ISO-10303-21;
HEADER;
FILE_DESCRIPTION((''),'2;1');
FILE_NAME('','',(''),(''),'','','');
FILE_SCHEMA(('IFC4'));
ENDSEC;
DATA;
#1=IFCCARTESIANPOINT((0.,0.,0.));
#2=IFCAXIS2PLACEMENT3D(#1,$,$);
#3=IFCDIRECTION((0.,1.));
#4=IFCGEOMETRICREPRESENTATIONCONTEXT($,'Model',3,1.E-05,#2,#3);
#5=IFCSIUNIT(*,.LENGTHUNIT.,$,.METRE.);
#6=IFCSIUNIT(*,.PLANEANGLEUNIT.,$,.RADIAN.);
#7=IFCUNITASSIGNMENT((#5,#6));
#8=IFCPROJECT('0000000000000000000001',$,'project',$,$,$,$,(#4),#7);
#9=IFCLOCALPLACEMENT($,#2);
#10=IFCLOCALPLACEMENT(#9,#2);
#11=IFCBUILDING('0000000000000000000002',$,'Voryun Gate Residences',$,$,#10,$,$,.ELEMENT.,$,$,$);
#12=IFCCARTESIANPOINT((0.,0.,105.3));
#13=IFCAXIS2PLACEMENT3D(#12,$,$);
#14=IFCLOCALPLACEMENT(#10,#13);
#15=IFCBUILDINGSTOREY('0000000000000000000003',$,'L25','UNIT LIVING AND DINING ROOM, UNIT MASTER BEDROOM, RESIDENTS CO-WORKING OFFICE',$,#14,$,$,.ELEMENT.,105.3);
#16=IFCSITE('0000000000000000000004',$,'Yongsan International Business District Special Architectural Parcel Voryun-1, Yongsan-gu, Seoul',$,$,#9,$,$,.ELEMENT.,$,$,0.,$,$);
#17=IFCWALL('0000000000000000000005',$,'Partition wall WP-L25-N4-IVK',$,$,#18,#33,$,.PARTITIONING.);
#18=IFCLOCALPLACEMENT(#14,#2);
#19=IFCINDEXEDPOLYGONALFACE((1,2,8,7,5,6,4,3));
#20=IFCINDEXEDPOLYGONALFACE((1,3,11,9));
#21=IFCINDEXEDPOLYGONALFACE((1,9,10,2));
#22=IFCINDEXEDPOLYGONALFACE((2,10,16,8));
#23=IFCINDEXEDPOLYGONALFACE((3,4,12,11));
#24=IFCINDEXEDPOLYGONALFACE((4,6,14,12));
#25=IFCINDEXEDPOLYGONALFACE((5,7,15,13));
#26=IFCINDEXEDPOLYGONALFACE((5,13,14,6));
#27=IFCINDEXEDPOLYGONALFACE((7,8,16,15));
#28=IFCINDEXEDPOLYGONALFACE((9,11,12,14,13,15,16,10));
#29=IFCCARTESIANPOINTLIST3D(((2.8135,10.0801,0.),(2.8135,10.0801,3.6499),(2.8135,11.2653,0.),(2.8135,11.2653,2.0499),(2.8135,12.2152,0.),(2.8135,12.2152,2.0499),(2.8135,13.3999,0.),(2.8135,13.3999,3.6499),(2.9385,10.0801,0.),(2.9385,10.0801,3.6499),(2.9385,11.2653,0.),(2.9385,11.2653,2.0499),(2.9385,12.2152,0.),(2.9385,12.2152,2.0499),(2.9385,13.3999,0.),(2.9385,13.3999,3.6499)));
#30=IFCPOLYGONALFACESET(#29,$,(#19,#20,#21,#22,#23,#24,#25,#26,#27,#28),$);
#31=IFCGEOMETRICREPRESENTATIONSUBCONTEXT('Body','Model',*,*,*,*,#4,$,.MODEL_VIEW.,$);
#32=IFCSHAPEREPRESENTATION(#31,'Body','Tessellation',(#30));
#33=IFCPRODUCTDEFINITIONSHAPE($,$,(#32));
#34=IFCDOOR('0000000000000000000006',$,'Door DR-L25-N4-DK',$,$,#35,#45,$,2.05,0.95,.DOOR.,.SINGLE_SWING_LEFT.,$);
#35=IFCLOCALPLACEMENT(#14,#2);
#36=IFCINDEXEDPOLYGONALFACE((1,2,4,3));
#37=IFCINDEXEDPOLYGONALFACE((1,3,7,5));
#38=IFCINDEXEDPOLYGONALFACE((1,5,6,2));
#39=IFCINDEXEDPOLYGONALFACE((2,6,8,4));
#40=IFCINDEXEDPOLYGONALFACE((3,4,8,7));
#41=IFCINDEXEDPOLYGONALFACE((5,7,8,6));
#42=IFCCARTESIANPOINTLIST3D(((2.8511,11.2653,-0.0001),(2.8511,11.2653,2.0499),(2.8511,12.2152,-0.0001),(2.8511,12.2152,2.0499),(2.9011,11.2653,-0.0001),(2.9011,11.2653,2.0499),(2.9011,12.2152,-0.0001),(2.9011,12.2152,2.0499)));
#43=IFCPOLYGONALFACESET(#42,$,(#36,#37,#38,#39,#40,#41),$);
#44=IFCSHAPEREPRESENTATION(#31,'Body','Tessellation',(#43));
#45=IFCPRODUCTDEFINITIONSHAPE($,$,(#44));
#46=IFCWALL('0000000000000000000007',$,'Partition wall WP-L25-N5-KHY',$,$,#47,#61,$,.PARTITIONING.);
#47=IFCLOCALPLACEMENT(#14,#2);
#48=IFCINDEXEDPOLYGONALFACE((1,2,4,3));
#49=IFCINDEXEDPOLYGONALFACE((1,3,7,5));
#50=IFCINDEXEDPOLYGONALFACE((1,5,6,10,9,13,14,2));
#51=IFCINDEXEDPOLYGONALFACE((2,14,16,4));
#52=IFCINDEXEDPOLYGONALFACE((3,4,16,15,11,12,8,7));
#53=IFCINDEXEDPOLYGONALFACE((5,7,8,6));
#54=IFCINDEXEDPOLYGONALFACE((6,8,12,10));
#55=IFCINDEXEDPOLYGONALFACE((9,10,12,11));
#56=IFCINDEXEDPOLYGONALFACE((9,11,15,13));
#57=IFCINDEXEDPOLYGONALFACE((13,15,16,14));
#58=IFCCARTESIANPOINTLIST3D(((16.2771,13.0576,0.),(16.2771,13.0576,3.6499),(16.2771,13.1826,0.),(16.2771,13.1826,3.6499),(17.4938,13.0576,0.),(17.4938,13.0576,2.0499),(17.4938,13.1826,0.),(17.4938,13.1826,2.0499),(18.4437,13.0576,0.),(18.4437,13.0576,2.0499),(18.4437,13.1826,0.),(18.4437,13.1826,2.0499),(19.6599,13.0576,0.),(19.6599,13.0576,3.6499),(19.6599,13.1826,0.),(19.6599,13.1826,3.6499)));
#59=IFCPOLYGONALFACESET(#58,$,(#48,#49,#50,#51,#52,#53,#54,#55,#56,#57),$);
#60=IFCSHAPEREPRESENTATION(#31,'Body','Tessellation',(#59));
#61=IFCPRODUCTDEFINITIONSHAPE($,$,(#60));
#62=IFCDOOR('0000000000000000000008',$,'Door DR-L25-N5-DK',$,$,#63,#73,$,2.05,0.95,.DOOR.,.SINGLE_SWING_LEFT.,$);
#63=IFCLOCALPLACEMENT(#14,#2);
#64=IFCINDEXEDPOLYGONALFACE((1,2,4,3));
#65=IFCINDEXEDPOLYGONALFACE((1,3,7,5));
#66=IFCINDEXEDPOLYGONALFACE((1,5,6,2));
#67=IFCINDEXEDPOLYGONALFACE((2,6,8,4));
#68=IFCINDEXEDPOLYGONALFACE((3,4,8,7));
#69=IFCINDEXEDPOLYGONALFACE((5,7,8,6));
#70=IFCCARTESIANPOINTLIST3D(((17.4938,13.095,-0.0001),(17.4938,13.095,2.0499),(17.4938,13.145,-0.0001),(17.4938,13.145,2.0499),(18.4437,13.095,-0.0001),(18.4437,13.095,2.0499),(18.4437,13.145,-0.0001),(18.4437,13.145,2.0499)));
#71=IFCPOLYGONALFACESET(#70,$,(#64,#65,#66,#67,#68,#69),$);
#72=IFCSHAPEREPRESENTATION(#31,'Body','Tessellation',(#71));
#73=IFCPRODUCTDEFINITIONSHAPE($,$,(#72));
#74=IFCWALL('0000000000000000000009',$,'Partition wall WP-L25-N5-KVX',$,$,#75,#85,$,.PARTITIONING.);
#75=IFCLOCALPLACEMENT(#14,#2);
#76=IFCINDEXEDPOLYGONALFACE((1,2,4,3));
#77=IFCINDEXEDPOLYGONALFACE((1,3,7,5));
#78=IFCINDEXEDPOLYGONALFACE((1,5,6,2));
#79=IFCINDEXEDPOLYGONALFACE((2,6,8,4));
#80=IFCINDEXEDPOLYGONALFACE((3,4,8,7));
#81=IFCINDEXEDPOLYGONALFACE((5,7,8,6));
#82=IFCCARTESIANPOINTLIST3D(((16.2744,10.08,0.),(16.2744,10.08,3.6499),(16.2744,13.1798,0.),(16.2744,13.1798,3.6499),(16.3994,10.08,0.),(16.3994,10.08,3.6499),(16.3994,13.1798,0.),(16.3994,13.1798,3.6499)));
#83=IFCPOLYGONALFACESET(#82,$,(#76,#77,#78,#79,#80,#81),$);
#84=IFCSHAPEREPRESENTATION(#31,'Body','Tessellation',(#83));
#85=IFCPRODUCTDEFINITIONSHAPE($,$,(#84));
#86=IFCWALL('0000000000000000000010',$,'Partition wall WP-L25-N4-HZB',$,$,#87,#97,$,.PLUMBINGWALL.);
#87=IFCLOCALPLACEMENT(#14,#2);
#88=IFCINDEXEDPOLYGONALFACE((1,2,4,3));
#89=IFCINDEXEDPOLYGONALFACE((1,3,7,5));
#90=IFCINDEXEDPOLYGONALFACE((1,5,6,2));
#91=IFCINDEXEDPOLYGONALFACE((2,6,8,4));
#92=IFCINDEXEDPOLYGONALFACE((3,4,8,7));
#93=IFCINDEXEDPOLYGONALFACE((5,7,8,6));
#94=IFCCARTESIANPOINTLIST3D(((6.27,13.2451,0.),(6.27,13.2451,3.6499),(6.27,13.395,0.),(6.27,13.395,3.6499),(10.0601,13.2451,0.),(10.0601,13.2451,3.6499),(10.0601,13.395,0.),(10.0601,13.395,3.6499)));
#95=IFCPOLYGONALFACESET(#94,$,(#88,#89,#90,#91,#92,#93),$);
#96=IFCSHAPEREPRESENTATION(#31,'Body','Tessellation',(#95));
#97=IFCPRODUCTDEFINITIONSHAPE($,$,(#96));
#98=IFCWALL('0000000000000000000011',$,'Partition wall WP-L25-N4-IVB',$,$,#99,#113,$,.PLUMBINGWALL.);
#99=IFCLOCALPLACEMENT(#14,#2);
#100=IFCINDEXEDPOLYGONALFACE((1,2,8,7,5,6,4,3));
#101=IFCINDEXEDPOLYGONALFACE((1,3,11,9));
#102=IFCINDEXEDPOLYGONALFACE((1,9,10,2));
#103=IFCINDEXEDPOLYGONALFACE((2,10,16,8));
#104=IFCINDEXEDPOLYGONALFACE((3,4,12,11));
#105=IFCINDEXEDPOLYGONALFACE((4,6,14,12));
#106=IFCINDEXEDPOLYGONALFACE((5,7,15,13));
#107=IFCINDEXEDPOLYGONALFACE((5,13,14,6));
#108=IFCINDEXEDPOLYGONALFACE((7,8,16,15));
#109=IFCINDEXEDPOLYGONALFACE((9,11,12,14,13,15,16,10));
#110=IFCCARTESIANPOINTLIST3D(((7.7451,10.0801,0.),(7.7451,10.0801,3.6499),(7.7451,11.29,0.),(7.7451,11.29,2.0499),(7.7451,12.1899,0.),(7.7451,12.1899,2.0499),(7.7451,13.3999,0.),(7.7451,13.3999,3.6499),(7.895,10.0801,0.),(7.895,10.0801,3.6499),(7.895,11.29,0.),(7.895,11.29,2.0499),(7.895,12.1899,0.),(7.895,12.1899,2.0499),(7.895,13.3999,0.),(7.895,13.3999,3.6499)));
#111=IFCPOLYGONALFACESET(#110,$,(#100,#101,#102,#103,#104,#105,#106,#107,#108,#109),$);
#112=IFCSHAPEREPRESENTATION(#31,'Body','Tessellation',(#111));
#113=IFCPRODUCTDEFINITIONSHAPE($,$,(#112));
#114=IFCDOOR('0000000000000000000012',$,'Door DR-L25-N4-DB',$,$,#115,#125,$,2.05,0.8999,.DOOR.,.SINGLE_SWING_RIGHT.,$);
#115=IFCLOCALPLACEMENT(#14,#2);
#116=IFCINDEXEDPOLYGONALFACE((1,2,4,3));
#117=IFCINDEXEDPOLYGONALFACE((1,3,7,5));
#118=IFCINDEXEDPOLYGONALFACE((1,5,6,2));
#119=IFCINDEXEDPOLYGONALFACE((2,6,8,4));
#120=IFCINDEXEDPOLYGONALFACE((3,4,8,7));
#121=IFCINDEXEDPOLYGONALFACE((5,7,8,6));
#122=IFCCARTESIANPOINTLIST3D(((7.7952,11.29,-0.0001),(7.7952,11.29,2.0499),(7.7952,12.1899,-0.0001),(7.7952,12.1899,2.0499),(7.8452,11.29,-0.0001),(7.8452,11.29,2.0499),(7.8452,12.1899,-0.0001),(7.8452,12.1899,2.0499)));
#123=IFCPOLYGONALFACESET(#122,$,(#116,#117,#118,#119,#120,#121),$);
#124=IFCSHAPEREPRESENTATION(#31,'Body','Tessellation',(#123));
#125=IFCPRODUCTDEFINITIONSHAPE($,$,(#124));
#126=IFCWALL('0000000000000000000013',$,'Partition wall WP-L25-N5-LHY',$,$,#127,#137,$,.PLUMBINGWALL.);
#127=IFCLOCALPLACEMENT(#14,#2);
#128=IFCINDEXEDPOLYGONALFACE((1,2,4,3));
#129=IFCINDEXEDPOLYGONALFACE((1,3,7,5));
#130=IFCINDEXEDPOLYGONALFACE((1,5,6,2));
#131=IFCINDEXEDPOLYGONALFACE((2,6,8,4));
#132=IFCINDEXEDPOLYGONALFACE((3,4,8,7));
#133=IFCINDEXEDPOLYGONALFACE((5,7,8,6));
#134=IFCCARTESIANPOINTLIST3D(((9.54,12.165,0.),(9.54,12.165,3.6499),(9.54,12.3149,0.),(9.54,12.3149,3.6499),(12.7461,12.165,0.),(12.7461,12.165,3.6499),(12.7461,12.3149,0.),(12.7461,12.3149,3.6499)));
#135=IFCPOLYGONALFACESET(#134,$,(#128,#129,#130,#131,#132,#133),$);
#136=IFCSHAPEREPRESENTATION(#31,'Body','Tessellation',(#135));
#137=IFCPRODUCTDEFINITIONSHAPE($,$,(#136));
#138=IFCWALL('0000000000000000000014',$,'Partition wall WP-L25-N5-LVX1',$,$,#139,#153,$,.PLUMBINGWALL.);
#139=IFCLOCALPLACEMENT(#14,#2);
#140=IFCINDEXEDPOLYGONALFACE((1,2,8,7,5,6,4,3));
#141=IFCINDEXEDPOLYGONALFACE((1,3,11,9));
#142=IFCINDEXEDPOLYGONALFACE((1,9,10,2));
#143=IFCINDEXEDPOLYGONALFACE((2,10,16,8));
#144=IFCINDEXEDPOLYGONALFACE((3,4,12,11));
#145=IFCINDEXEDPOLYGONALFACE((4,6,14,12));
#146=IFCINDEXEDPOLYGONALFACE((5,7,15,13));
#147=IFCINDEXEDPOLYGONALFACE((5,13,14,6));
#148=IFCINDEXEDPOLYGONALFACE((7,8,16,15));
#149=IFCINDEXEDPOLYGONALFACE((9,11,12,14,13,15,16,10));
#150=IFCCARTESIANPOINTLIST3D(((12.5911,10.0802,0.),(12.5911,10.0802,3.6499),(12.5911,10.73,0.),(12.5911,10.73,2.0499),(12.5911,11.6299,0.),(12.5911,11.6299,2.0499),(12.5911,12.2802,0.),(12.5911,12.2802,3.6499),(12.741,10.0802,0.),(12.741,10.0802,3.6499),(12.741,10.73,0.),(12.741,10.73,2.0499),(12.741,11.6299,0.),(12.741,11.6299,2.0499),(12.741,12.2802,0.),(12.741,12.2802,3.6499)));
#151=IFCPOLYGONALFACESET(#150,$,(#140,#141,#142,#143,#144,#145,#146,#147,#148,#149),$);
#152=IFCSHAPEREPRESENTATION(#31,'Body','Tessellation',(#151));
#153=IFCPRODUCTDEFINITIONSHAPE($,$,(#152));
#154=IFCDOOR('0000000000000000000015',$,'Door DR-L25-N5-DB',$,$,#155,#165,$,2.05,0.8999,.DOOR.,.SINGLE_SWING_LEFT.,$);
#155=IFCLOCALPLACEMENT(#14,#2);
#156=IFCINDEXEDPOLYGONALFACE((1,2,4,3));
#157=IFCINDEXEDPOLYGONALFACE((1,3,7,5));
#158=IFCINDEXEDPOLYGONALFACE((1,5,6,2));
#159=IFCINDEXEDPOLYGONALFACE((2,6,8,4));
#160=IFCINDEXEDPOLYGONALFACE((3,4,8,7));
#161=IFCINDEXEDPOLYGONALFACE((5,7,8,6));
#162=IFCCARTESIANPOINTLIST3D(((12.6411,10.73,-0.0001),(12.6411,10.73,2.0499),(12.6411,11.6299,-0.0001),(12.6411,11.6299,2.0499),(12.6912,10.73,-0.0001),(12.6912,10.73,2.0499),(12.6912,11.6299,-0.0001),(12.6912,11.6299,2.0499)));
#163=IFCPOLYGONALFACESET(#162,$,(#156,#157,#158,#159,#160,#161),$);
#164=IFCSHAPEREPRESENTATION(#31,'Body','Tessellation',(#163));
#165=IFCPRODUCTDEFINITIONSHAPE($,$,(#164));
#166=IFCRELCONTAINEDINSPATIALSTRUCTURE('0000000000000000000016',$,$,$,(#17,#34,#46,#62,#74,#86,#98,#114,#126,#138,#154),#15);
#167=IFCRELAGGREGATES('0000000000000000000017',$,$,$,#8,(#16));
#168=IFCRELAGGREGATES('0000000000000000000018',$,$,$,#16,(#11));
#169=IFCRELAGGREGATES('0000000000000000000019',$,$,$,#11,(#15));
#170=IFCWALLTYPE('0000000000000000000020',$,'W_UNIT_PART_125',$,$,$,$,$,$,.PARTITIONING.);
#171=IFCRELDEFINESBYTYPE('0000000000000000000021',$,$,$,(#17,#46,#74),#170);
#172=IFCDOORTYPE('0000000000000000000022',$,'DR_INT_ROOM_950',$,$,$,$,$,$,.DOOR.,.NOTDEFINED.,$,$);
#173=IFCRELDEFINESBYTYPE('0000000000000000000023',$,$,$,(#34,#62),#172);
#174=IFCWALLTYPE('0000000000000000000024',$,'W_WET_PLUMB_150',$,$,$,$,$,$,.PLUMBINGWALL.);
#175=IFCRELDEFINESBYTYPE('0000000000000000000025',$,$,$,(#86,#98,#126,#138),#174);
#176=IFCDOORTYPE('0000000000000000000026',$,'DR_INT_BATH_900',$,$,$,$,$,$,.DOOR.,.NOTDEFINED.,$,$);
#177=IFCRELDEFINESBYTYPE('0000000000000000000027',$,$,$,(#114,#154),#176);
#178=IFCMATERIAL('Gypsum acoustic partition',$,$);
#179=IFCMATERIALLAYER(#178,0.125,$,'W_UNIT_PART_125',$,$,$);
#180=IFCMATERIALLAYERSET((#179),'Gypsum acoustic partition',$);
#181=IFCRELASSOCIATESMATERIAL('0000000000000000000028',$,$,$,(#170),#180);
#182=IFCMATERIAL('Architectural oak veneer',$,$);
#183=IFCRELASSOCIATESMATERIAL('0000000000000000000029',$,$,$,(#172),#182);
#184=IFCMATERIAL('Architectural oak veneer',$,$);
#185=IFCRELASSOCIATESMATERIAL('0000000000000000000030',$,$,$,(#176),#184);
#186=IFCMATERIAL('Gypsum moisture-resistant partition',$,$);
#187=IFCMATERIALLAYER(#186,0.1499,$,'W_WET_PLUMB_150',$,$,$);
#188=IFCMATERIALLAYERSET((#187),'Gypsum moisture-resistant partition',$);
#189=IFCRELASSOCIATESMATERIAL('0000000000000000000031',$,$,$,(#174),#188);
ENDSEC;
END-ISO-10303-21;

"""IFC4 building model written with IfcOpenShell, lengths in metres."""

from ifc_helpers import new_model, si_unit, direction, frame, frame_2d, origin, place, context, subcontext, project, spatial, rectangle, extrude, material, layer, layer_set, type_object, element, fill, save


model = new_model("IFC4")

# Units and contexts
model_context = context("Model", 3, precision=1e-05, world=origin(), true_north=direction((0.0, 1.0)))
body_context = subcontext(model_context, "Body", "Model", "MODEL_VIEW")
ifc_project = project(units=[si_unit("LENGTHUNIT", "METRE"), si_unit("PLANEANGLEUNIT", "RADIAN")], contexts=[model_context])

# Site, building, storey
site_placement = place(None, origin())
site = spatial("IfcSite", under=ifc_project, at=site_placement, Name="Yongsan International Business District Special Architectural Parcel Voryun-1, Yongsan-gu, Seoul", CompositionType="ELEMENT", RefElevation=0.0)
building_placement = place(site_placement, origin())
building = spatial("IfcBuilding", under=site, at=building_placement, Name="Voryun Gate Residences", CompositionType="ELEMENT")
storey_placement = place(building_placement, frame((0.0, 0.0, 105.3)))
storey = spatial("IfcBuildingStorey", under=building, at=storey_placement, Name="L25", Description="UNIT LIVING AND DINING ROOM, UNIT MASTER BEDROOM, RESIDENTS CO-WORKING OFFICE", CompositionType="ELEMENT", Elevation=105.3)

# Walls, openings, doors
ifc_material_1 = material(Name="Gypsum acoustic partition")
ifc_layer_1 = layer(ifc_material_1, 0.125, Name="W_UNIT_PART_125")
ifc_layer_set_1 = layer_set([ifc_layer_1], Name="Gypsum acoustic partition")
wall_type_1 = type_object("IfcWallType", Name="W_UNIT_PART_125", PredefinedType="PARTITIONING", material=ifc_layer_set_1)
ifc_material_2 = material(Name="Architectural oak veneer")
door_type_1 = type_object("IfcDoorType", Name="DR_INT_ROOM_950", OperationType="NOTDEFINED", PredefinedType="DOOR", material=ifc_material_2)
ifc_material_3 = material(Name="Architectural oak veneer")
door_type_2 = type_object("IfcDoorType", Name="DR_INT_BATH_900", OperationType="NOTDEFINED", PredefinedType="DOOR", material=ifc_material_3)
wall_1_placement = place(storey_placement, frame((2.876, 10.0801, 0.0), z_axis=(0.0, 0.0, 1.0), x_axis=(0.0, 1.0, 0.0)))
wall_1 = element("IfcWall", 1, at=wall_1_placement, inside=storey, type_object=wall_type_1, Name="Partition wall WP-L25-N4-IVK", PredefinedType="PARTITIONING", context=body_context, shape_type="SweptSolid", body=[
    extrude(rectangle(XDim=3.3198, YDim=0.125, at=frame_2d((1.6599, 0.0))), origin(), (0.0, 0.0, 1.0), 3.6499),
])
opening_1_placement = place(wall_1_placement, frame((1.1851, 0.0, 0.0)))
opening_1 = element("IfcOpeningElement", 2, at=opening_1_placement, cuts=wall_1, PredefinedType="OPENING", context=body_context, shape_type="SweptSolid", body=[
    extrude(rectangle(XDim=0.95, YDim=2.05, at=frame_2d((0.4751, 1.0249))), frame((0.0, 0.0725, 0.0), z_axis=(0.0, -1.0, 0.0), x_axis=(1.0, 0.0, 0.0)), (0.0, 0.0, 1.0), 0.145),
])
door_1_placement = place(opening_1_placement, origin())
door_1 = element("IfcDoor", 3, at=door_1_placement, inside=storey, type_object=door_type_1, Name="Door DR-L25-N4-DK", OperationType="SINGLE_SWING_LEFT", OverallHeight=2.05, OverallWidth=0.95, PredefinedType="DOOR", context=body_context, shape_type="SweptSolid", body=[
    extrude(rectangle(XDim=0.95, YDim=2.05, at=frame_2d((0.4751, 1.0249))), frame((0.0, 0.0249, 0.0), z_axis=(0.0, -1.0, 0.0), x_axis=(1.0, 0.0, 0.0)), (0.0, 0.0, 1.0), 0.05),
])
fill(opening_1, door_1)
wall_2_placement = place(storey_placement, frame((16.2771, 13.1201, 0.0), z_axis=(0.0, 0.0, 1.0), x_axis=(1.0, 0.0, 0.0)))
wall_2 = element("IfcWall", 4, at=wall_2_placement, inside=storey, type_object=wall_type_1, Name="Partition wall WP-L25-N5-KHY", PredefinedType="PARTITIONING", context=body_context, shape_type="SweptSolid", body=[
    extrude(rectangle(XDim=3.3828, YDim=0.125, at=frame_2d((1.6914, 0.0))), origin(), (0.0, 0.0, 1.0), 3.6499),
])
opening_2_placement = place(wall_2_placement, frame((1.2166, 0.0, 0.0)))
opening_2 = element("IfcOpeningElement", 5, at=opening_2_placement, cuts=wall_2, PredefinedType="OPENING", context=body_context, shape_type="SweptSolid", body=[
    extrude(rectangle(XDim=0.95, YDim=2.05, at=frame_2d((0.4751, 1.0249))), frame((0.0, 0.0725, 0.0), z_axis=(0.0, -1.0, 0.0), x_axis=(1.0, 0.0, 0.0)), (0.0, 0.0, 1.0), 0.145),
])
door_2_placement = place(opening_2_placement, origin())
door_2 = element("IfcDoor", 6, at=door_2_placement, inside=storey, type_object=door_type_1, Name="Door DR-L25-N5-DK", OperationType="SINGLE_SWING_LEFT", OverallHeight=2.05, OverallWidth=0.95, PredefinedType="DOOR", context=body_context, shape_type="SweptSolid", body=[
    extrude(rectangle(XDim=0.95, YDim=2.05, at=frame_2d((0.4751, 1.0249))), frame((0.0, 0.0249, 0.0), z_axis=(0.0, -1.0, 0.0), x_axis=(1.0, 0.0, 0.0)), (0.0, 0.0, 1.0), 0.05),
])
fill(opening_2, door_2)

# Walls
wall_3_placement = place(storey_placement, frame((16.3369, 10.0801, 0.0), z_axis=(0.0, 0.0, 1.0), x_axis=(0.0, 1.0, 0.0)))
element("IfcWall", 7, at=wall_3_placement, inside=storey, type_object=wall_type_1, Name="Partition wall WP-L25-N5-KVX", PredefinedType="PARTITIONING", context=body_context, shape_type="SweptSolid", body=[
    extrude(rectangle(XDim=3.0999, YDim=0.125, at=frame_2d((1.5498, 0.0))), origin(), (0.0, 0.0, 1.0), 3.6499),
])
ifc_material_4 = material(Name="Gypsum moisture-resistant partition")
ifc_layer_2 = layer(ifc_material_4, 0.1499, Name="W_WET_PLUMB_150")
ifc_layer_set_2 = layer_set([ifc_layer_2], Name="Gypsum moisture-resistant partition")
wall_type_2 = type_object("IfcWallType", Name="W_WET_PLUMB_150", PredefinedType="PLUMBINGWALL", material=ifc_layer_set_2)
wall_4_placement = place(storey_placement, frame((6.27, 13.3201, 0.0), z_axis=(0.0, 0.0, 1.0), x_axis=(1.0, 0.0, 0.0)))
element("IfcWall", 8, at=wall_4_placement, inside=storey, type_object=wall_type_2, Name="Partition wall WP-L25-N4-HZB", PredefinedType="PLUMBINGWALL", context=body_context, shape_type="SweptSolid", body=[
    extrude(rectangle(XDim=3.79, YDim=0.1499, at=frame_2d((1.895, 0.0))), origin(), (0.0, 0.0, 1.0), 3.6499),
])

# Wall, opening, door
wall_5_placement = place(storey_placement, frame((7.8201, 10.0801, 0.0), z_axis=(0.0, 0.0, 1.0), x_axis=(0.0, 1.0, 0.0)))
wall_5 = element("IfcWall", 9, at=wall_5_placement, inside=storey, type_object=wall_type_2, Name="Partition wall WP-L25-N4-IVB", PredefinedType="PLUMBINGWALL", context=body_context, shape_type="SweptSolid", body=[
    extrude(rectangle(XDim=3.3198, YDim=0.1499, at=frame_2d((1.6599, 0.0))), origin(), (0.0, 0.0, 1.0), 3.6499),
])
opening_3_placement = place(wall_5_placement, frame((1.21, 0.0, 0.0)))
opening_3 = element("IfcOpeningElement", 10, at=opening_3_placement, cuts=wall_5, PredefinedType="OPENING", context=body_context, shape_type="SweptSolid", body=[
    extrude(rectangle(XDim=0.8999, YDim=2.05, at=frame_2d((0.45, 1.0249))), frame((0.0, 0.085, 0.0), z_axis=(0.0, -1.0, 0.0), x_axis=(1.0, 0.0, 0.0)), (0.0, 0.0, 1.0), 0.1699),
])
door_3_placement = place(opening_3_placement, origin())
door_3 = element("IfcDoor", 11, at=door_3_placement, inside=storey, type_object=door_type_2, Name="Door DR-L25-N4-DB", OperationType="SINGLE_SWING_RIGHT", OverallHeight=2.05, OverallWidth=0.8999, PredefinedType="DOOR", context=body_context, shape_type="SweptSolid", body=[
    extrude(rectangle(XDim=0.8999, YDim=2.05, at=frame_2d((0.45, 1.0249))), frame((0.0, 0.0249, 0.0), z_axis=(0.0, -1.0, 0.0), x_axis=(1.0, 0.0, 0.0)), (0.0, 0.0, 1.0), 0.05),
])
fill(opening_3, door_3)

# Wall
wall_6_placement = place(storey_placement, frame((9.54, 12.24, 0.0), z_axis=(0.0, 0.0, 1.0), x_axis=(1.0, 0.0, 0.0)))
element("IfcWall", 12, at=wall_6_placement, inside=storey, type_object=wall_type_2, Name="Partition wall WP-L25-N5-LHY", PredefinedType="PLUMBINGWALL", context=body_context, shape_type="SweptSolid", body=[
    extrude(rectangle(XDim=3.2061, YDim=0.1499, at=frame_2d((1.603, 0.0))), origin(), (0.0, 0.0, 1.0), 3.6499),
])

# Wall, opening, door
wall_7_placement = place(storey_placement, frame((12.666, 10.0801, 0.0), z_axis=(0.0, 0.0, 1.0), x_axis=(0.0, 1.0, 0.0)))
wall_7 = element("IfcWall", 13, at=wall_7_placement, inside=storey, type_object=wall_type_2, Name="Partition wall WP-L25-N5-LVX1", PredefinedType="PLUMBINGWALL", context=body_context, shape_type="SweptSolid", body=[
    extrude(rectangle(XDim=2.2, YDim=0.1499, at=frame_2d((1.1001, 0.0))), origin(), (0.0, 0.0, 1.0), 3.6499),
])
opening_4_placement = place(wall_7_placement, frame((0.6499, 0.0, 0.0)))
opening_4 = element("IfcOpeningElement", 14, at=opening_4_placement, cuts=wall_7, PredefinedType="OPENING", context=body_context, shape_type="SweptSolid", body=[
    extrude(rectangle(XDim=0.8999, YDim=2.05, at=frame_2d((0.45, 1.0249))), frame((0.0, 0.085, 0.0), z_axis=(0.0, -1.0, 0.0), x_axis=(1.0, 0.0, 0.0)), (0.0, 0.0, 1.0), 0.1699),
])
door_4_placement = place(opening_4_placement, origin())
door_4 = element("IfcDoor", 15, at=door_4_placement, inside=storey, type_object=door_type_2, Name="Door DR-L25-N5-DB", OperationType="SINGLE_SWING_LEFT", OverallHeight=2.05, OverallWidth=0.8999, PredefinedType="DOOR", context=body_context, shape_type="SweptSolid", body=[
    extrude(rectangle(XDim=0.8999, YDim=2.05, at=frame_2d((0.45, 1.0249))), frame((0.0, 0.0249, 0.0), z_axis=(0.0, -1.0, 0.0), x_axis=(1.0, 0.0, 0.0)), (0.0, 0.0, 1.0), 0.05),
])
fill(opening_4, door_4)

save(model, "model.ifc")
